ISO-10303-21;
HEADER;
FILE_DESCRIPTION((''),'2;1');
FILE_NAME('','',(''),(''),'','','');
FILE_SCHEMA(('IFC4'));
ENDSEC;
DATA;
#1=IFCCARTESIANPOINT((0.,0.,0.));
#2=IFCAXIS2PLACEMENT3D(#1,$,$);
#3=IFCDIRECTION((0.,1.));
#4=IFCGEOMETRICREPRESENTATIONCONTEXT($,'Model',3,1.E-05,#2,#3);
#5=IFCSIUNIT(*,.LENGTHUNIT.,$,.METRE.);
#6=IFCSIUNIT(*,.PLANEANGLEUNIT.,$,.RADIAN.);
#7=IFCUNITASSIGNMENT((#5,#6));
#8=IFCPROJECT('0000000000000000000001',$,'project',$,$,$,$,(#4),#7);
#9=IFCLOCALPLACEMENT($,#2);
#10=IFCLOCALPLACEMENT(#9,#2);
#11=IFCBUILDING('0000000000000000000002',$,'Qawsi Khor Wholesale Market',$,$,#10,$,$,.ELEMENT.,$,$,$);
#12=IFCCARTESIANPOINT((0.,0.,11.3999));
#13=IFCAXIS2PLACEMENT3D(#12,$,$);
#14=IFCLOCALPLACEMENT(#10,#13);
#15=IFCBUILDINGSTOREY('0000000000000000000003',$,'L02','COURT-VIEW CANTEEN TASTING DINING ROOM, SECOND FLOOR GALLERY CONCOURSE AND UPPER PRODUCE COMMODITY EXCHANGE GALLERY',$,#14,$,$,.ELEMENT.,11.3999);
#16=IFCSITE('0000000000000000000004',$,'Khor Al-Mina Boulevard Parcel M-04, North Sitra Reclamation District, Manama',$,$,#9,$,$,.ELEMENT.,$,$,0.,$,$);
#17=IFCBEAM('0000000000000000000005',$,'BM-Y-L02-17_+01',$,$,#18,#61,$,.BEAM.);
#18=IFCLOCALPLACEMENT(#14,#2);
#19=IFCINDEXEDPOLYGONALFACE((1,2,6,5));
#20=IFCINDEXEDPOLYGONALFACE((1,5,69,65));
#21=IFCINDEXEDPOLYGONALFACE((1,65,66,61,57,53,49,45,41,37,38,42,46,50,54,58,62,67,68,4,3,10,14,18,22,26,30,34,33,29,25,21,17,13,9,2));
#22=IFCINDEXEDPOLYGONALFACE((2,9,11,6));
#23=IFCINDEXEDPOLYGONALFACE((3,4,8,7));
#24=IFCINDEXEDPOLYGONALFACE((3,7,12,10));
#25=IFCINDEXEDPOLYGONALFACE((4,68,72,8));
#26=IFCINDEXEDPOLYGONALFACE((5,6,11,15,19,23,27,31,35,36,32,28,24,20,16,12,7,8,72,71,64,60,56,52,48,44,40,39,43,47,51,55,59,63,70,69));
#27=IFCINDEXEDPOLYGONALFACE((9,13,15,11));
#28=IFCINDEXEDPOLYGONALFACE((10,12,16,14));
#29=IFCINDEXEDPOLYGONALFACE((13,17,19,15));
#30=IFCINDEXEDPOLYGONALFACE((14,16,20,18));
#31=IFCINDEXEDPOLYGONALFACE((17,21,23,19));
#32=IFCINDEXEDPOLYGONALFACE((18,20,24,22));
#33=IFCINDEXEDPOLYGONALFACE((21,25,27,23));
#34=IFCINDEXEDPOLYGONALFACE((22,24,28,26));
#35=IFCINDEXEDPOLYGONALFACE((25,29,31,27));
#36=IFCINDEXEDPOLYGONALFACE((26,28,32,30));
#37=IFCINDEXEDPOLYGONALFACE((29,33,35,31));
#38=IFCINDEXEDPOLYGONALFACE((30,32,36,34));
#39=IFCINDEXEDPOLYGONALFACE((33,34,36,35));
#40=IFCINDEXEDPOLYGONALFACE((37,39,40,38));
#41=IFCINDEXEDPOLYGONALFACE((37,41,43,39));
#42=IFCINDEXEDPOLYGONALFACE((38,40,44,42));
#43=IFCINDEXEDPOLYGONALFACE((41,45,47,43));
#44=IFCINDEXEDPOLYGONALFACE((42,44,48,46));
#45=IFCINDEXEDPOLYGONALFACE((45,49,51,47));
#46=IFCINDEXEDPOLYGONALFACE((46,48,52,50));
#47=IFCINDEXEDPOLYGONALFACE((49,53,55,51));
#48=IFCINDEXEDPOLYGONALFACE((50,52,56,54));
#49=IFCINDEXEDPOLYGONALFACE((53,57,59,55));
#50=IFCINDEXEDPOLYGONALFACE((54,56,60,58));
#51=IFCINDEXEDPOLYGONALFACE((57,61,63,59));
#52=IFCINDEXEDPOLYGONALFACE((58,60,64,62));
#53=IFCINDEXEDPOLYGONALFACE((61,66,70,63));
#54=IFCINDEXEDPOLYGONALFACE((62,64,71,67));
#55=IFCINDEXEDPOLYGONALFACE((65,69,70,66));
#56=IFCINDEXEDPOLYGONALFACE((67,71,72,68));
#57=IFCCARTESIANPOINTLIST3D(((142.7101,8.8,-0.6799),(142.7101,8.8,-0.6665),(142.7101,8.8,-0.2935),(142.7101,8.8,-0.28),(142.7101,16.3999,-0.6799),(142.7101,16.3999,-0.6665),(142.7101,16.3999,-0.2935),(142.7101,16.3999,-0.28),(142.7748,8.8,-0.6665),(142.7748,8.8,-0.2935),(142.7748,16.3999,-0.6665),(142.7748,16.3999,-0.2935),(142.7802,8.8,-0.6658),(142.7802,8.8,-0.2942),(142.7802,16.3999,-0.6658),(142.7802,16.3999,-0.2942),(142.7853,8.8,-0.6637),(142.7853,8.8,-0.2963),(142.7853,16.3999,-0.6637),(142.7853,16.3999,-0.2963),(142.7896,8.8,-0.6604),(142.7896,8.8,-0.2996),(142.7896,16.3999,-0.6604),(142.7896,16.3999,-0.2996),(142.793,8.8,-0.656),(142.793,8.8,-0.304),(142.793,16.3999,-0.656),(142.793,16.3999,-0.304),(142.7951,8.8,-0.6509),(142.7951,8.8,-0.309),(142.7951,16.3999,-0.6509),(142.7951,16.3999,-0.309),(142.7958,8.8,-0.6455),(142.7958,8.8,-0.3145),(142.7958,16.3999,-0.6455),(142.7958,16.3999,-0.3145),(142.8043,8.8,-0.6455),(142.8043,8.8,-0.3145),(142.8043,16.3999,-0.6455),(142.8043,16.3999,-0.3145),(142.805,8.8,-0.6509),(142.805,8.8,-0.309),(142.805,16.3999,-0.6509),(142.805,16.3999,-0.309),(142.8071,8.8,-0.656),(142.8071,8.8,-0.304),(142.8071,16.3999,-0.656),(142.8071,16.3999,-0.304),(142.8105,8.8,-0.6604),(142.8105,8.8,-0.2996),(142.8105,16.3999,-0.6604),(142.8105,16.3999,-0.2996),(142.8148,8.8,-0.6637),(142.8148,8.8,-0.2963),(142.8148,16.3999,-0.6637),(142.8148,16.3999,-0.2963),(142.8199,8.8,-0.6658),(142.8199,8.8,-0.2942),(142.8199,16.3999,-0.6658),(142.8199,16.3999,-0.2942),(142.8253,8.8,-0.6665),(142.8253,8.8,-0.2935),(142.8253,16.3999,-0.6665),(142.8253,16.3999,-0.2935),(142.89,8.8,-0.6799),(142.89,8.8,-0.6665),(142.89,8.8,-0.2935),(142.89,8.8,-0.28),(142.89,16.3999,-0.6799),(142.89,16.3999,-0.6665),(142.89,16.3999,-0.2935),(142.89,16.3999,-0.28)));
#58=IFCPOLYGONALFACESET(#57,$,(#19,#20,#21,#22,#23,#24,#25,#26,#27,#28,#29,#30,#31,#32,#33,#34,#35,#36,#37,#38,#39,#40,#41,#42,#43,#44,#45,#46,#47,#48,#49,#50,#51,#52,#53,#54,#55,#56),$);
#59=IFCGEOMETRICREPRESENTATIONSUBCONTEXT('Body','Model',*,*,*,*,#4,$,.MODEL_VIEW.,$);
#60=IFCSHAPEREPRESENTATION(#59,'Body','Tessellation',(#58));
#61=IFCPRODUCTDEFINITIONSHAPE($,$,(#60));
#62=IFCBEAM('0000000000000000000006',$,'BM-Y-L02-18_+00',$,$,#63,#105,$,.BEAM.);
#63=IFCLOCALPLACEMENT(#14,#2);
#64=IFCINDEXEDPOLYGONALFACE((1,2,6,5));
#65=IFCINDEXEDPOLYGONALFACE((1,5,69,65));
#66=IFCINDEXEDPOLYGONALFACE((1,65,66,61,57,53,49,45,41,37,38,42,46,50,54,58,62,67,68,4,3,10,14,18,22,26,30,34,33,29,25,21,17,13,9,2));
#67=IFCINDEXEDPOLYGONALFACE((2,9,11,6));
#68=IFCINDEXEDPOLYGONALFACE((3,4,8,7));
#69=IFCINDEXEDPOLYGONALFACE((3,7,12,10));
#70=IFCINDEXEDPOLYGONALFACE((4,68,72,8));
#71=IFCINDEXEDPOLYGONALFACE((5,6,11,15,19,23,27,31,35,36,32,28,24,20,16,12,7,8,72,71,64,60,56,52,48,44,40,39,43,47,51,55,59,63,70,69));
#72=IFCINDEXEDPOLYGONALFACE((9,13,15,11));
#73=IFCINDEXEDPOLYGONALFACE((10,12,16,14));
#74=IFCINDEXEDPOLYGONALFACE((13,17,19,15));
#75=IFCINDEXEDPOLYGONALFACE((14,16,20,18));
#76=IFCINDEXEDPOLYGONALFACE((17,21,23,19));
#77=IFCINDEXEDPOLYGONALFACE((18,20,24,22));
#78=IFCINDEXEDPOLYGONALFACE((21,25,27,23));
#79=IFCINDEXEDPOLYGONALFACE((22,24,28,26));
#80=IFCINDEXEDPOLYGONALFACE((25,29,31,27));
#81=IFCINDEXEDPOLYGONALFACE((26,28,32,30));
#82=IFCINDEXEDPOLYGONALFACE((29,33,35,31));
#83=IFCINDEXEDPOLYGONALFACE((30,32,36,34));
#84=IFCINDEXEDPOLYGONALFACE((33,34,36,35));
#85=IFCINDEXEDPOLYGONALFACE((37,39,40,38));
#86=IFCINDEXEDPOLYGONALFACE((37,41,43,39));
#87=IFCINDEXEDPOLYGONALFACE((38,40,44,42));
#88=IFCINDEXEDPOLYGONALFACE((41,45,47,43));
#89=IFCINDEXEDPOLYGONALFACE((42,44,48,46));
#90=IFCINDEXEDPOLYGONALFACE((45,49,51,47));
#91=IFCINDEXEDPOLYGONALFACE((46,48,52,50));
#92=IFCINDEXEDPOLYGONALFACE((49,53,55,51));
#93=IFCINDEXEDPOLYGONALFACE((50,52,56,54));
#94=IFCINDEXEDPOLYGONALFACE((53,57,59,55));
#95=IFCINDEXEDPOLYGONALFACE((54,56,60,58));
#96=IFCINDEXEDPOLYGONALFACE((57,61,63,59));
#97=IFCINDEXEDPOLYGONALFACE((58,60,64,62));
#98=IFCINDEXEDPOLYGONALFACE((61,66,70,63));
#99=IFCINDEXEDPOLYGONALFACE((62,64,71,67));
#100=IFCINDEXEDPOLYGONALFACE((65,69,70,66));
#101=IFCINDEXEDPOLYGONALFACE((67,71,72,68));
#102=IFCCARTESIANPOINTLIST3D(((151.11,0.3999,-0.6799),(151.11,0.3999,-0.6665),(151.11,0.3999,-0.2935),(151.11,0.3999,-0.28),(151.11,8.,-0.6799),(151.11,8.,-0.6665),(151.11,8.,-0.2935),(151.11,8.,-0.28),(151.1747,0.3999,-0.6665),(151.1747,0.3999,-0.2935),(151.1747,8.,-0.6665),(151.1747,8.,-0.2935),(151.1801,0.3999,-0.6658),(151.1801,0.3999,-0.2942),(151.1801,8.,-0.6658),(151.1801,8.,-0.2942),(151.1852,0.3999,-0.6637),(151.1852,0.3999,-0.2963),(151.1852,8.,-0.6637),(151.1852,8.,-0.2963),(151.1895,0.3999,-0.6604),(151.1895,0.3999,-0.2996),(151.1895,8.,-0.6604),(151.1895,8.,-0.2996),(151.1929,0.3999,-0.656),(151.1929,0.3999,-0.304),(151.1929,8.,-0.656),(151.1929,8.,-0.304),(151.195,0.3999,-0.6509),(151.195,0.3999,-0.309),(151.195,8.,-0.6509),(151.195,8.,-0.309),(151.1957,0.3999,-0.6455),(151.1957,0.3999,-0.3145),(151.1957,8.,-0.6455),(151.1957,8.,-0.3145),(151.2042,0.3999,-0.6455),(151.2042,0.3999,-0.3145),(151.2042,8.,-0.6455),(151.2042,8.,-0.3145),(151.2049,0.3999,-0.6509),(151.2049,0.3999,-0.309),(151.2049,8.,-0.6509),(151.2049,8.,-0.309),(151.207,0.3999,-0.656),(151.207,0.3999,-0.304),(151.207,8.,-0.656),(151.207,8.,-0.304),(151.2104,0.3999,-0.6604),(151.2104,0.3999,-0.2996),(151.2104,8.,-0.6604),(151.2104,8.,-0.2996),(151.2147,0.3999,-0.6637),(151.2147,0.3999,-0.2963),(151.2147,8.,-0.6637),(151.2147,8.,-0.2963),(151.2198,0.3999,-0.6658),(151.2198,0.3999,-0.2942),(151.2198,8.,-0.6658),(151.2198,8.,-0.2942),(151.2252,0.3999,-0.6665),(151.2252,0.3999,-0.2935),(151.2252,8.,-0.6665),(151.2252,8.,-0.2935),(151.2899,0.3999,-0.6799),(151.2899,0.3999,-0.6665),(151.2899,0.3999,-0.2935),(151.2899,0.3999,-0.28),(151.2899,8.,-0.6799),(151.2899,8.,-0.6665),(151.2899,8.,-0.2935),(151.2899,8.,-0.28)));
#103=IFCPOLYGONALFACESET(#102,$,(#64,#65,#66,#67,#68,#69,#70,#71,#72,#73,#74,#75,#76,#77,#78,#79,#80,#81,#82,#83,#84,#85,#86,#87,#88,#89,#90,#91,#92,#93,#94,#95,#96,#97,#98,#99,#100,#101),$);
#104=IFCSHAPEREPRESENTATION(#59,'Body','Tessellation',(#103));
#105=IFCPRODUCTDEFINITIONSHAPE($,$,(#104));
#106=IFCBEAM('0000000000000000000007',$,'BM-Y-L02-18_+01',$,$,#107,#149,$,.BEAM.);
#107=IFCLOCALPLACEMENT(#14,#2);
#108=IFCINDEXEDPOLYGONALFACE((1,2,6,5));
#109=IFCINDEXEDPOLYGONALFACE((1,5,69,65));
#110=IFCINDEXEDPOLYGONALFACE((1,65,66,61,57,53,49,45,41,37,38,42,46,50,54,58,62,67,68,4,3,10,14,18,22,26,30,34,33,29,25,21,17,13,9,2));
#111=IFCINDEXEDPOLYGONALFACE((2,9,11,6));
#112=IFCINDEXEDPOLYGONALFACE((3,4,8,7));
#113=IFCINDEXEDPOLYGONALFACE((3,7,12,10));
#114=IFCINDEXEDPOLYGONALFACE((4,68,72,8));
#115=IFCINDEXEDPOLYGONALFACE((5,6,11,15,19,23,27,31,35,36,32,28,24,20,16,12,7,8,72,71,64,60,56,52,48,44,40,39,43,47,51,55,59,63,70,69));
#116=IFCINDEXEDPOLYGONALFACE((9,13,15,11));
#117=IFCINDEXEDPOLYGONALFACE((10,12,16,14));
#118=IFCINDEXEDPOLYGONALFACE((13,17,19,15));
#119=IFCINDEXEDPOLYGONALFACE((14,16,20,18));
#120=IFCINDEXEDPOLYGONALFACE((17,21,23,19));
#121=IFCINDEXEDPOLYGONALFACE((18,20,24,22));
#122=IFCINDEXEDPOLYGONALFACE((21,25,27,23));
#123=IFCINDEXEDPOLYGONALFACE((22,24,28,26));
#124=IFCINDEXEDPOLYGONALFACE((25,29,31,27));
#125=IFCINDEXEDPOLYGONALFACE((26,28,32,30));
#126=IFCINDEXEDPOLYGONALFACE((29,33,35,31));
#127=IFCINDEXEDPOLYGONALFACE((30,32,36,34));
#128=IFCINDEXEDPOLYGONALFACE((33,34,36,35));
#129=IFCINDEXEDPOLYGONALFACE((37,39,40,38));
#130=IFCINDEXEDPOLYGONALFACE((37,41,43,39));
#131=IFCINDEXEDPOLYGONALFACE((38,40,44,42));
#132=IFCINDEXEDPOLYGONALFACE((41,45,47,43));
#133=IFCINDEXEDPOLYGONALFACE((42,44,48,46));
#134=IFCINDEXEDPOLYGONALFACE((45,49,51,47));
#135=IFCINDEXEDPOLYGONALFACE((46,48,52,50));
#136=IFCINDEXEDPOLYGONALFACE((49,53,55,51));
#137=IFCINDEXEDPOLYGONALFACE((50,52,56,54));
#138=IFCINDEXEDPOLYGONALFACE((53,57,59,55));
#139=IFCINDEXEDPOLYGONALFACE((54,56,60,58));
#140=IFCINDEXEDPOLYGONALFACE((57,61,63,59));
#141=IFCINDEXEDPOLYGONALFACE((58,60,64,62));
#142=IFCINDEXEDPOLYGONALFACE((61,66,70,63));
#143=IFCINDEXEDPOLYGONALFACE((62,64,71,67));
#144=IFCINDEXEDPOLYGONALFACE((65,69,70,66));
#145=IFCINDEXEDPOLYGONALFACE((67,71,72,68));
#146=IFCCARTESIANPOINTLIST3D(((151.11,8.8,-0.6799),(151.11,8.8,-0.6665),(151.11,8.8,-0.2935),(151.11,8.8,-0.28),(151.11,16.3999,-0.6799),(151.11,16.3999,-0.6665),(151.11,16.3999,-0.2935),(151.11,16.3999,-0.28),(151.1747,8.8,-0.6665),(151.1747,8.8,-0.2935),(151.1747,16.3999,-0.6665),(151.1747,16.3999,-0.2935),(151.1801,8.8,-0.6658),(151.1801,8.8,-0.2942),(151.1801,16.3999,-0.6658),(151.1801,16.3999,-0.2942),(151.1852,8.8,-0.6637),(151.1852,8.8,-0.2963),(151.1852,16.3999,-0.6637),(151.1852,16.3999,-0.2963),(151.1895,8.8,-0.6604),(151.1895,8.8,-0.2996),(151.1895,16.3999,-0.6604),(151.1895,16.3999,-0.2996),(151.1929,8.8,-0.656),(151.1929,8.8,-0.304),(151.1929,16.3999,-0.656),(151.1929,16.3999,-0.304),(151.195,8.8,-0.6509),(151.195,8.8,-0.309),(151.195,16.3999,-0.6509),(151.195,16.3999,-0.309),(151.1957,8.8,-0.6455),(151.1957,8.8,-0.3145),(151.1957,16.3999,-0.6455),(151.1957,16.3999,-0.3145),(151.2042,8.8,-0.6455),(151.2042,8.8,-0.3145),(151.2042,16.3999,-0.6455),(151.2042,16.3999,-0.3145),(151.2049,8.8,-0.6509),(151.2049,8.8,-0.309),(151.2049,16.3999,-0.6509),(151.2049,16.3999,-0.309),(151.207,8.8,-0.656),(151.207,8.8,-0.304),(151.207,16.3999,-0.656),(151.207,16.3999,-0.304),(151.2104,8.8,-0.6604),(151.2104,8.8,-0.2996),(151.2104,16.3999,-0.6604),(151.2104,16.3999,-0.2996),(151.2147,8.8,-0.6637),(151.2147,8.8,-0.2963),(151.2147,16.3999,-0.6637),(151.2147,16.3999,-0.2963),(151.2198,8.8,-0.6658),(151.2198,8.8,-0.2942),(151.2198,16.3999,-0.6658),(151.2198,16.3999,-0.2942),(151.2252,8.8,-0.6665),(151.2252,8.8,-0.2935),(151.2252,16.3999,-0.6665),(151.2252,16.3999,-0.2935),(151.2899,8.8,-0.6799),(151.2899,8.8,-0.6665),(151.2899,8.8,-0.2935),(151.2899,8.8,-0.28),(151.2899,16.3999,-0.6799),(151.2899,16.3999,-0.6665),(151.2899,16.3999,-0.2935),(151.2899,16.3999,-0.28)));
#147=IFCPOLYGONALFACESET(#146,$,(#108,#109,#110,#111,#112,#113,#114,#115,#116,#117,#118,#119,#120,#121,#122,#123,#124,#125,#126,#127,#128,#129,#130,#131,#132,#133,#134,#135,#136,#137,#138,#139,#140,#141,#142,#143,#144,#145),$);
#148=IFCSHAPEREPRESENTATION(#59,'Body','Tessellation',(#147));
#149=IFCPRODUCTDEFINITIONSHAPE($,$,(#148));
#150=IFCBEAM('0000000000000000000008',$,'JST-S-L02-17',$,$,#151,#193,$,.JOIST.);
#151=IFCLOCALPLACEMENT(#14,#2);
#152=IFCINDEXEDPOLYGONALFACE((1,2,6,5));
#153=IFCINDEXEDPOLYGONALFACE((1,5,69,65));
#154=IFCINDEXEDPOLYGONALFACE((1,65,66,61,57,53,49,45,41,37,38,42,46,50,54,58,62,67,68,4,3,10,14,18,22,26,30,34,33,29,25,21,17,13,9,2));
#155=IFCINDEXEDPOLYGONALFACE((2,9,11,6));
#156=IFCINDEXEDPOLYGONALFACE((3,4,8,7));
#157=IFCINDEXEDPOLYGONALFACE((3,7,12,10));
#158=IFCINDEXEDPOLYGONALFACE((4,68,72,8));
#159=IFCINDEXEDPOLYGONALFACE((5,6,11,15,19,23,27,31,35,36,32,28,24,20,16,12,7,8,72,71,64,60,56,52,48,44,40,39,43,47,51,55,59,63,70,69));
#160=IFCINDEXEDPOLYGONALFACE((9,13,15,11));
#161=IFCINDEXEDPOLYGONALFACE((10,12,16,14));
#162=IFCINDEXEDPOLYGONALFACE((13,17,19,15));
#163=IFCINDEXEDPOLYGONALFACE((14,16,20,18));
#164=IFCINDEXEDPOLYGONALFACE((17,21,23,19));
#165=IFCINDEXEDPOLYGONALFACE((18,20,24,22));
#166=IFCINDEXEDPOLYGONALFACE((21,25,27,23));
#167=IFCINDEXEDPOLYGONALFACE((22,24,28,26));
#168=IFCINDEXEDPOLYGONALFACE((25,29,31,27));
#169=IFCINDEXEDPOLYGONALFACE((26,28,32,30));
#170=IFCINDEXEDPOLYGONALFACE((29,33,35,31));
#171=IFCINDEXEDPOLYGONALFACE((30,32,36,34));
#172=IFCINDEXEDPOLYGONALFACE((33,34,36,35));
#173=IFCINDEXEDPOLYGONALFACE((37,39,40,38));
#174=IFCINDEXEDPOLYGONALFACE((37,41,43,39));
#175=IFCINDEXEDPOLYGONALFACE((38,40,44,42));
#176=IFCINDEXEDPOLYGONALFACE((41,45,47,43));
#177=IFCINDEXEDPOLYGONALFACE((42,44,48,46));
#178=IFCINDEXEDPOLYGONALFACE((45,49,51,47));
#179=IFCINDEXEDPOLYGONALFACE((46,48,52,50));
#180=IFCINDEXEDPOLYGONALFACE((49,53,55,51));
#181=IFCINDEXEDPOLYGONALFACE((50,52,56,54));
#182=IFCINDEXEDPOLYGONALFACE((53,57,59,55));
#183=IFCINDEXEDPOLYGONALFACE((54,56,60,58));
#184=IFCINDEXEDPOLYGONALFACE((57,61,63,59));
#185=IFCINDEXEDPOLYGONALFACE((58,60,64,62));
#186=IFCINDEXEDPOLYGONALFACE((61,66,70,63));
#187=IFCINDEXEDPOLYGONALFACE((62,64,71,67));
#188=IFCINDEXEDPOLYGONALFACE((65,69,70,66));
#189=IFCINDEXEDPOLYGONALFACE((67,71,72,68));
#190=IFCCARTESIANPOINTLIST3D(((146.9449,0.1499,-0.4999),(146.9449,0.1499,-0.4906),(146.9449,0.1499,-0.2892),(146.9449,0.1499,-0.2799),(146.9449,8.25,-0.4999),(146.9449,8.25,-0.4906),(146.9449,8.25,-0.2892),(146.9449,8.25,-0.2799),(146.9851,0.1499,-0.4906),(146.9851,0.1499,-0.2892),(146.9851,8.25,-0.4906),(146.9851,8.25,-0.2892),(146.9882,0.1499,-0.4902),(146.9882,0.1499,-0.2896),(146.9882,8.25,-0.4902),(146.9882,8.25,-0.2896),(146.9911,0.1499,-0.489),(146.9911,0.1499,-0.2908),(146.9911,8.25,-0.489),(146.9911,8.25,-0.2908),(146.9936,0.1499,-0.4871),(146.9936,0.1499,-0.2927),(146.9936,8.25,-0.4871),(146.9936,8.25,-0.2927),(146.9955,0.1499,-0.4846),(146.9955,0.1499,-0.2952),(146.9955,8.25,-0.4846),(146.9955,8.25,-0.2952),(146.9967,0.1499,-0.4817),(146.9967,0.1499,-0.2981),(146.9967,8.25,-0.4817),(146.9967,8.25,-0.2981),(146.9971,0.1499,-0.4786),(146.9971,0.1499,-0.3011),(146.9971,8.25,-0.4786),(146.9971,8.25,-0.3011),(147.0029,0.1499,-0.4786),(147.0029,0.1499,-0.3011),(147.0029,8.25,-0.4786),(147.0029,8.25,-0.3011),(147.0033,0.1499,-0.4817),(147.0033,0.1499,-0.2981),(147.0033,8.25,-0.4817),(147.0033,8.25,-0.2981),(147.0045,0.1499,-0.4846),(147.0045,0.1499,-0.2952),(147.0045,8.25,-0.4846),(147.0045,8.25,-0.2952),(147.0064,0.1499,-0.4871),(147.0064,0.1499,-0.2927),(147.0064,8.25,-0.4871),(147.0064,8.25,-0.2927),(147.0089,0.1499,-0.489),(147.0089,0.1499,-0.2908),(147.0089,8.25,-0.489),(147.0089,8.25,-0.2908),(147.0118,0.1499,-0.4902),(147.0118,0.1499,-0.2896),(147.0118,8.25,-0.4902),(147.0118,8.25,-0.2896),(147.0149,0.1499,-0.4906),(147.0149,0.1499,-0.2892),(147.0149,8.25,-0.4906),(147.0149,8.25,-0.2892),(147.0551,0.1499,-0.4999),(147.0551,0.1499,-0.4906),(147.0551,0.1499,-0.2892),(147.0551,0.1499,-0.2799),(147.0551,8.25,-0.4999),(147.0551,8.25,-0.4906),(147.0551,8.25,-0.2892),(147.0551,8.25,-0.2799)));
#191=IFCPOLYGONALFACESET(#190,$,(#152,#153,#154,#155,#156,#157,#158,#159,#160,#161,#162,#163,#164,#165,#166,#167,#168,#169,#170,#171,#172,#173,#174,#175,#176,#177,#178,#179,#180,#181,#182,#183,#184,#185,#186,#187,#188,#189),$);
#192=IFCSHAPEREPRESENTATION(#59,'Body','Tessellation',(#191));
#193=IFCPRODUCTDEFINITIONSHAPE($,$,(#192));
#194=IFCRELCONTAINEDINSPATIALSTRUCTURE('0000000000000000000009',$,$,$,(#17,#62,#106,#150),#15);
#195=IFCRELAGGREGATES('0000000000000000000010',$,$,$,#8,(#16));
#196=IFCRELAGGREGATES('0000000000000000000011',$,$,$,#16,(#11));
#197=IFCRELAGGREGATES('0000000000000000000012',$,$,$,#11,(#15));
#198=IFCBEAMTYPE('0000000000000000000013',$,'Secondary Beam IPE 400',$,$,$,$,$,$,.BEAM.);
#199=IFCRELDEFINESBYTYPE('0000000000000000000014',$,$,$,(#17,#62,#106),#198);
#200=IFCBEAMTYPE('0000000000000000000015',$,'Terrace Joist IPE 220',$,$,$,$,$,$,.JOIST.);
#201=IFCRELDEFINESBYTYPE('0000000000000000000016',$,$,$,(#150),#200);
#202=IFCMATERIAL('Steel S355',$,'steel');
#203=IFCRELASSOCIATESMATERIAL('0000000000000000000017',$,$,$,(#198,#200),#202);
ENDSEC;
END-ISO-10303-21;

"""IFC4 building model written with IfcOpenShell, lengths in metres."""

from ifc_helpers import new_model, si_unit, direction, frame, origin, origin_2d, place, context, subcontext, project, spatial, i_section, extrude, material, material_profile, profile_set, type_object, element, save


model = new_model("IFC4")

# Units and contexts
model_context = context("Model", 3, precision=1e-05, world=origin(), true_north=direction((0.0, 1.0)))
body_context = subcontext(model_context, "Body", "Model", "MODEL_VIEW")
ifc_project = project(units=[si_unit("LENGTHUNIT", "METRE"), si_unit("PLANEANGLEUNIT", "RADIAN")], contexts=[model_context])

# Site, building, storey
site_placement = place(None, origin())
site = spatial("IfcSite", under=ifc_project, at=site_placement, Name="Khor Al-Mina Boulevard Parcel M-04, North Sitra Reclamation District, Manama", CompositionType="ELEMENT", RefElevation=0.0)
building_placement = place(site_placement, origin())
building = spatial("IfcBuilding", under=site, at=building_placement, Name="Qawsi Khor Wholesale Market", CompositionType="ELEMENT")
storey_placement = place(building_placement, frame((0.0, 0.0, 11.3999)))
storey = spatial("IfcBuildingStorey", under=building, at=storey_placement, Name="L02", Description="COURT-VIEW CANTEEN TASTING DINING ROOM, SECOND FLOOR GALLERY CONCOURSE AND UPPER PRODUCE COMMODITY EXCHANGE GALLERY", CompositionType="ELEMENT", Elevation=11.3999)

# Beams
ifc_material_1 = material(Name="Steel S355", Category="steel")
ifc_material_profile_1 = material_profile(ifc_material_1, i_section(OverallWidth=0.1799, OverallDepth=0.3999, WebThickness=0.0085, FlangeThickness=0.0134, FilletRadius=0.021, at=origin_2d()), Name="IPE 400")
ifc_profile_set_1 = profile_set([ifc_material_profile_1], Name="Steel S355")
beam_type_1 = type_object("IfcBeamType", Name="Secondary Beam IPE 400", PredefinedType="BEAM", material=ifc_profile_set_1)
beam_1_placement = place(storey_placement, frame((142.8, 8.8, -0.48), z_axis=(0.0, 1.0, 0.0), x_axis=(-1.0, 0.0, 0.0)))
element("IfcBeam", 1, at=beam_1_placement, inside=storey, type_object=beam_type_1, Name="BM-Y-L02-17_+01", PredefinedType="BEAM", context=body_context, shape_type="SweptSolid", body=[
    extrude(i_section(OverallWidth=0.1799, OverallDepth=0.3999, WebThickness=0.0085, FlangeThickness=0.0134, FilletRadius=0.021, at=origin_2d()), origin(), (0.0, 0.0, 1.0), 7.5999),
])
beam_2_placement = place(storey_placement, frame((151.2, 0.3999, -0.48), z_axis=(0.0, 1.0, 0.0), x_axis=(-1.0, 0.0, 0.0)))
element("IfcBeam", 2, at=beam_2_placement, inside=storey, type_object=beam_type_1, Name="BM-Y-L02-18_+00", PredefinedType="BEAM", context=body_context, shape_type="SweptSolid", body=[
    extrude(i_section(OverallWidth=0.1799, OverallDepth=0.3999, WebThickness=0.0085, FlangeThickness=0.0134, FilletRadius=0.021, at=origin_2d()), origin(), (0.0, 0.0, 1.0), 7.6001),
])
beam_3_placement = place(storey_placement, frame((151.2, 8.8, -0.48), z_axis=(0.0, 1.0, 0.0), x_axis=(-1.0, 0.0, 0.0)))
element("IfcBeam", 3, at=beam_3_placement, inside=storey, type_object=beam_type_1, Name="BM-Y-L02-18_+01", PredefinedType="BEAM", context=body_context, shape_type="SweptSolid", body=[
    extrude(i_section(OverallWidth=0.1799, OverallDepth=0.3999, WebThickness=0.0085, FlangeThickness=0.0134, FilletRadius=0.021, at=origin_2d()), origin(), (0.0, 0.0, 1.0), 7.5999),
])
ifc_material_profile_2 = material_profile(ifc_material_1, i_section(OverallWidth=0.1101, OverallDepth=0.22, WebThickness=0.0059, FlangeThickness=0.0093, FilletRadius=0.012, at=origin_2d()), Name="IPE 220")
ifc_profile_set_2 = profile_set([ifc_material_profile_2], Name="Steel S355")
beam_type_2 = type_object("IfcBeamType", Name="Terrace Joist IPE 220", PredefinedType="JOIST", material=ifc_profile_set_2)
beam_4_placement = place(storey_placement, frame((147.0, 0.1499, -0.3899), z_axis=(0.0, 1.0, 0.0), x_axis=(-1.0, 0.0, 0.0)))
element("IfcBeam", 4, at=beam_4_placement, inside=storey, type_object=beam_type_2, Name="JST-S-L02-17", PredefinedType="JOIST", context=body_context, shape_type="SweptSolid", body=[
    extrude(i_section(OverallWidth=0.1101, OverallDepth=0.22, WebThickness=0.0059, FlangeThickness=0.0093, FilletRadius=0.012, at=origin_2d()), origin(), (0.0, 0.0, 1.0), 8.1001),
])

save(model, "model.ifc")
